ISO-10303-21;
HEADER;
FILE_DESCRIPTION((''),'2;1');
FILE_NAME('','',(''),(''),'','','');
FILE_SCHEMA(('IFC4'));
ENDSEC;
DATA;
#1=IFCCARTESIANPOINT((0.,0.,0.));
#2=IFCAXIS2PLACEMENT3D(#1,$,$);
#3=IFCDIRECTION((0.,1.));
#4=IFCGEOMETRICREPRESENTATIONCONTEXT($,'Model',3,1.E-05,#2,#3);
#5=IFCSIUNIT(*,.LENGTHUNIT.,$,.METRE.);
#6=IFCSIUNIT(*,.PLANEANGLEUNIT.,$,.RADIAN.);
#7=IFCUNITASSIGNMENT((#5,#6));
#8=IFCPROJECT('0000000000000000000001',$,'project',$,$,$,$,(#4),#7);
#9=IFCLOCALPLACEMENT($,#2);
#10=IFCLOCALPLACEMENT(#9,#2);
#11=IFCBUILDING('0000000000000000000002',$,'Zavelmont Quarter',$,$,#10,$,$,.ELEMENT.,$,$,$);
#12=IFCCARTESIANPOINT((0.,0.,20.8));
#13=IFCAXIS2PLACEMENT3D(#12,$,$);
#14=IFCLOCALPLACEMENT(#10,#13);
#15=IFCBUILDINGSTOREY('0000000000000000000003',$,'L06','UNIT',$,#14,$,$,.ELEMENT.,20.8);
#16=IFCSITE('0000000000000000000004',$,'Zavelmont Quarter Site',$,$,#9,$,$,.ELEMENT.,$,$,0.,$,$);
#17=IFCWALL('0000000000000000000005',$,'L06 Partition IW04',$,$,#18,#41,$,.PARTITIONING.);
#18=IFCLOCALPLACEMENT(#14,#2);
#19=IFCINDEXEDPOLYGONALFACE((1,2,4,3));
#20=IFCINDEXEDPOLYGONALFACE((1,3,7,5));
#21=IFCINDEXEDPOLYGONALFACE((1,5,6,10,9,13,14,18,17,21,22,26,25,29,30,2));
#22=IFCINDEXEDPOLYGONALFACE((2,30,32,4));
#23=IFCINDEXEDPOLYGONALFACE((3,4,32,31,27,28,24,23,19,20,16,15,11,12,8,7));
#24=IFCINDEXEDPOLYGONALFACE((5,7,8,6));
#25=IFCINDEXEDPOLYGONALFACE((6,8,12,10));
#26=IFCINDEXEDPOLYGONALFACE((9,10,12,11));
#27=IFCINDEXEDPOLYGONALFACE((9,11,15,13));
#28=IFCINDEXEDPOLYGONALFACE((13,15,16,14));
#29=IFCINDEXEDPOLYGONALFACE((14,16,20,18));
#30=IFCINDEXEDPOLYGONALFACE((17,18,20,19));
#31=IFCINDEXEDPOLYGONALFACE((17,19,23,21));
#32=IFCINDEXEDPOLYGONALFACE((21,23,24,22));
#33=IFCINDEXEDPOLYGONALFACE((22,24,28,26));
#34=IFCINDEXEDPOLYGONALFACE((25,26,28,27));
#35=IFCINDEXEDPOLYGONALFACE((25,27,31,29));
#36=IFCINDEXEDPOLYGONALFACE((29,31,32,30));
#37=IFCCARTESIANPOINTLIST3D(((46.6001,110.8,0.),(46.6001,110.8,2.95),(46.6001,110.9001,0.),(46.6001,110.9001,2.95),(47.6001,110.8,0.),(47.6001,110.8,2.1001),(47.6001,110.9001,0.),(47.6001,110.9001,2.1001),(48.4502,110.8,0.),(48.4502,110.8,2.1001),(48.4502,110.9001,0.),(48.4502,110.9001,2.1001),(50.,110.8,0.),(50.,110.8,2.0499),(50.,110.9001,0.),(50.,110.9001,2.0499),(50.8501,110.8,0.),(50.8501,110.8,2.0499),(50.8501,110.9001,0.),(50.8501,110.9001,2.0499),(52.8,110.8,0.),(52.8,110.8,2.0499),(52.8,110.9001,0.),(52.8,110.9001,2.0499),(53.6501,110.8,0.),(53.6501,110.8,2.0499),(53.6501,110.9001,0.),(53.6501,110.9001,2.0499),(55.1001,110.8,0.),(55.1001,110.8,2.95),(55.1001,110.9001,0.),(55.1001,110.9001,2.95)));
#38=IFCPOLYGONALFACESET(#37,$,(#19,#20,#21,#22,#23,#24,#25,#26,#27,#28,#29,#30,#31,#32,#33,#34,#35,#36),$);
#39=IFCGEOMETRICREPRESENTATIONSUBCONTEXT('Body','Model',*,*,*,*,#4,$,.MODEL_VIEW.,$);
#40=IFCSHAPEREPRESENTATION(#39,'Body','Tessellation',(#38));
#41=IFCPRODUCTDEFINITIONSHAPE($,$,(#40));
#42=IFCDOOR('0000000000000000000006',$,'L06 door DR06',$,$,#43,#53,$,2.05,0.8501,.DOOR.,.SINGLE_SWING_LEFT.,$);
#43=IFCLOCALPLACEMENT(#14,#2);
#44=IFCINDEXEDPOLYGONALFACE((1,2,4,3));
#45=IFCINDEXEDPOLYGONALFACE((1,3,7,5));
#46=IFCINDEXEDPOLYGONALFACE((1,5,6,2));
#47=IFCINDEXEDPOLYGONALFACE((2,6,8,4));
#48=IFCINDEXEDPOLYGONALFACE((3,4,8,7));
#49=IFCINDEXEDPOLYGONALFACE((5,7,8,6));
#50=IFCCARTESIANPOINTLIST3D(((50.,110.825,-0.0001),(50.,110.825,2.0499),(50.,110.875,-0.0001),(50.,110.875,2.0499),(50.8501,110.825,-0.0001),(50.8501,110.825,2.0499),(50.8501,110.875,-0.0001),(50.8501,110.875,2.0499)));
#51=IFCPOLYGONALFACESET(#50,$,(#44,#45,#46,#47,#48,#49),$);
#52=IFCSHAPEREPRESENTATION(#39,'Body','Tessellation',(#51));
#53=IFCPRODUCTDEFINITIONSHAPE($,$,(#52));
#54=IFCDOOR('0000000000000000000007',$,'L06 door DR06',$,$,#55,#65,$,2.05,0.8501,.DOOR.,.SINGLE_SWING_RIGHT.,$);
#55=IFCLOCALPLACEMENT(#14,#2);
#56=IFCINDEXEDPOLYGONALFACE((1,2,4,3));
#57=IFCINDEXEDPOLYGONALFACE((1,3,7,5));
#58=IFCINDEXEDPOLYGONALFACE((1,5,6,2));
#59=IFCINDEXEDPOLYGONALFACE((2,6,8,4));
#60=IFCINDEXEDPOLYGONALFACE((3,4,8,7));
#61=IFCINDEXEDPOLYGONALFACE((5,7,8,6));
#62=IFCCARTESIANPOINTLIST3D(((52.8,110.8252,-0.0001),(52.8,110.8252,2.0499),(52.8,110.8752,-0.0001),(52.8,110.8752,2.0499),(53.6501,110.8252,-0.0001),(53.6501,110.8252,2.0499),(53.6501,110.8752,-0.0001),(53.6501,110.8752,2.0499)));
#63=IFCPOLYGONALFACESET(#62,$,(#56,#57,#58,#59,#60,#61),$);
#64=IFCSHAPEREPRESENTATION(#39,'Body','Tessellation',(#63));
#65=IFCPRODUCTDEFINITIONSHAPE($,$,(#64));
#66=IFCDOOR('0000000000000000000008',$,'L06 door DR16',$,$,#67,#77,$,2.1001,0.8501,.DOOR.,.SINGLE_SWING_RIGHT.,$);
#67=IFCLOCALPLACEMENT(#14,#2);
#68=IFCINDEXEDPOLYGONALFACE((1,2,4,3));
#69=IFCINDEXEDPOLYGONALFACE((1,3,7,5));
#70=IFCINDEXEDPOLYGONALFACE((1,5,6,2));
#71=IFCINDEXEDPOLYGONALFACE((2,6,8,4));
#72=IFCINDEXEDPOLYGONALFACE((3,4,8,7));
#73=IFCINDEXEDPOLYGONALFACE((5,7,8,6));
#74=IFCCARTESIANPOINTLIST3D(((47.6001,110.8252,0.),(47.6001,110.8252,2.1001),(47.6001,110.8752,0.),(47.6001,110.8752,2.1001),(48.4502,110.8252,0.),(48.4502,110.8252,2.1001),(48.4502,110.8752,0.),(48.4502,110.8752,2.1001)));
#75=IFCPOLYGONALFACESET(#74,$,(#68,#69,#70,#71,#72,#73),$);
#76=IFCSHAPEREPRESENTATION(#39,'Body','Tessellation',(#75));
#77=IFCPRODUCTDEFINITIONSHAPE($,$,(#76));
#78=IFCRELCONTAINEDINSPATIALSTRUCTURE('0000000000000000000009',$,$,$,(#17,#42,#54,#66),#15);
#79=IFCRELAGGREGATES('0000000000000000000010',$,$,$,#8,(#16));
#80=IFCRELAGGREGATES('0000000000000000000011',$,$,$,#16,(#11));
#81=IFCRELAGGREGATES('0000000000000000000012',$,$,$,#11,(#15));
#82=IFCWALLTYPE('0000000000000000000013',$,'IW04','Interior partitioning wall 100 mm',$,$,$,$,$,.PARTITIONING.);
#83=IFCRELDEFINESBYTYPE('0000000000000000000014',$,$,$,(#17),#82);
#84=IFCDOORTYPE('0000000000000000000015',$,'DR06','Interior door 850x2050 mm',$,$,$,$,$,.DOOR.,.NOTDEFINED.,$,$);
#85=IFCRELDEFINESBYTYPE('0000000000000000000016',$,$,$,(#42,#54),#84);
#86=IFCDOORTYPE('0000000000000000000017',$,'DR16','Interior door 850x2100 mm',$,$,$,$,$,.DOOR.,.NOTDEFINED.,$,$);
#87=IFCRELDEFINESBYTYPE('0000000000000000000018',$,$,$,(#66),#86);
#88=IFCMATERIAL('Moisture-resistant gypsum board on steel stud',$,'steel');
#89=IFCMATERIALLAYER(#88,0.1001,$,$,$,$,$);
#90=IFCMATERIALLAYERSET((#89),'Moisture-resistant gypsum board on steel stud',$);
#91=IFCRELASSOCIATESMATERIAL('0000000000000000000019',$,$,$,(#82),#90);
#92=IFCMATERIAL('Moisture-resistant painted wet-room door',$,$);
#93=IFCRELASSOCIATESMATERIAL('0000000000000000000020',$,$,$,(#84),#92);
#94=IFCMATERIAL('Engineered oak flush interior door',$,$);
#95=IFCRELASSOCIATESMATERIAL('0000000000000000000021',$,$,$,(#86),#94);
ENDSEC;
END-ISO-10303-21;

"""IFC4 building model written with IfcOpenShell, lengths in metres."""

from ifc_helpers import new_model, si_unit, direction, frame, frame_2d, origin, origin_with_axes, place, context, subcontext, project, spatial, rectangle, extrude, material, layer, layer_set, type_object, element, fill, save


model = new_model("IFC4")

# Units and contexts
model_context = context("Model", 3, precision=1e-05, world=origin(), true_north=direction((0.0, 1.0)))
body_context = subcontext(model_context, "Body", "Model", "MODEL_VIEW")
ifc_project = project(units=[si_unit("LENGTHUNIT", "METRE"), si_unit("PLANEANGLEUNIT", "RADIAN")], contexts=[model_context])

# Site, building, storey
site_placement = place(None, origin())
site = spatial("IfcSite", under=ifc_project, at=site_placement, Name="Zavelmont Quarter Site", CompositionType="ELEMENT", RefElevation=0.0)
building_placement = place(site_placement, origin())
building = spatial("IfcBuilding", under=site, at=building_placement, Name="Zavelmont Quarter", CompositionType="ELEMENT")
storey_placement = place(building_placement, frame((0.0, 0.0, 20.8)))
storey = spatial("IfcBuildingStorey", under=building, at=storey_placement, Name="L06", Description="UNIT", CompositionType="ELEMENT", Elevation=20.8)

# Shared definitions
ifc_material_1 = material(Name="Engineered oak flush interior door")

# Shared definitions
ifc_material_2 = material(Name="Moisture-resistant gypsum board on steel stud", Category="steel")
ifc_layer_1 = layer(ifc_material_2, 0.1001)
ifc_layer_set_1 = layer_set([ifc_layer_1], Name="Moisture-resistant gypsum board on steel stud")
wall_type_1 = type_object("IfcWallType", Name="IW04", Description="Interior partitioning wall 100 mm", PredefinedType="PARTITIONING", material=ifc_layer_set_1)

# Wall, openings, doors
wall_1_placement = place(storey_placement, frame((46.6001, 110.8501, 0.0), z_axis=(0.0, 0.0, 1.0), x_axis=(1.0, 0.0, 0.0)))
wall_1 = element("IfcWall", 1, at=wall_1_placement, inside=storey, type_object=wall_type_1, Name="L06 Partition IW04", PredefinedType="PARTITIONING", context=body_context, shape_type="SweptSolid", body=[
    extrude(rectangle(XDim=8.5, YDim=0.1001, at=frame_2d((4.25, 0.0))), origin(), (0.0, 0.0, 1.0), 2.95),
])
opening_1_placement = place(wall_1_placement, frame((1.0, 0.0, 0.0)))
opening_1 = element("IfcOpeningElement", 2, at=opening_1_placement, cuts=wall_1, PredefinedType="OPENING", context=body_context, shape_type="SweptSolid", body=[
    extrude(rectangle(XDim=0.8501, YDim=2.1001, at=frame_2d((0.425, 1.05))), frame((0.0, 0.062, 0.0), z_axis=(0.0, -1.0, 0.0), x_axis=(1.0, 0.0, 0.0)), (0.0, 0.0, 1.0), 0.124),
])
opening_2_placement = place(wall_1_placement, frame((3.3999, 0.0, 0.0)))
opening_2 = element("IfcOpeningElement", 3, at=opening_2_placement, cuts=wall_1, PredefinedType="OPENING", context=body_context, shape_type="SweptSolid", body=[
    extrude(rectangle(XDim=0.8501, YDim=2.05, at=frame_2d((0.425, 1.0249))), frame((0.0, 0.062, 0.0), z_axis=(0.0, -1.0, 0.0), x_axis=(1.0, 0.0, 0.0)), (0.0, 0.0, 1.0), 0.124),
])
opening_3_placement = place(wall_1_placement, frame((6.2, 0.0, 0.0)))
opening_3 = element("IfcOpeningElement", 4, at=opening_3_placement, cuts=wall_1, PredefinedType="OPENING", context=body_context, shape_type="SweptSolid", body=[
    extrude(rectangle(XDim=0.8501, YDim=2.05, at=frame_2d((0.425, 1.0249))), frame((0.0, 0.062, 0.0), z_axis=(0.0, -1.0, 0.0), x_axis=(1.0, 0.0, 0.0)), (0.0, 0.0, 1.0), 0.124),
])
ifc_material_3 = material(Name="Moisture-resistant painted wet-room door")
door_type_1 = type_object("IfcDoorType", Name="DR06", Description="Interior door 850x2050 mm", OperationType="NOTDEFINED", PredefinedType="DOOR", material=ifc_material_3)
door_1_placement = place(opening_2_placement, origin_with_axes())
door_1 = element("IfcDoor", 5, at=door_1_placement, inside=storey, type_object=door_type_1, Name="L06 door DR06", OperationType="SINGLE_SWING_LEFT", OverallHeight=2.05, OverallWidth=0.8501, PredefinedType="DOOR", context=body_context, shape_type="SweptSolid", body=[
    extrude(rectangle(XDim=0.8501, YDim=2.05, at=frame_2d((0.425, 1.0249))), frame((0.0, 0.0249, 0.0), z_axis=(0.0, -1.0, 0.0), x_axis=(1.0, 0.0, 0.0)), (0.0, 0.0, 1.0), 0.05),
])
fill(opening_2, door_1)
door_2_placement = place(opening_3_placement, frame((0.8501, 0.0, 0.0), z_axis=(0.0, 0.0, 1.0), x_axis=(-1.0, 0.0, 0.0)))
door_2 = element("IfcDoor", 6, at=door_2_placement, inside=storey, type_object=door_type_1, Name="L06 door DR06", OperationType="SINGLE_SWING_RIGHT", OverallHeight=2.05, OverallWidth=0.8501, PredefinedType="DOOR", context=body_context, shape_type="SweptSolid", body=[
    extrude(rectangle(XDim=0.8501, YDim=2.05, at=frame_2d((0.425, 1.0249))), frame((0.0, 0.0249, 0.0), z_axis=(0.0, -1.0, 0.0), x_axis=(1.0, 0.0, 0.0)), (0.0, 0.0, 1.0), 0.05),
])
fill(opening_3, door_2)
door_type_2 = type_object("IfcDoorType", Name="DR16", Description="Interior door 850x2100 mm", OperationType="NOTDEFINED", PredefinedType="DOOR", material=ifc_material_1)
door_3_placement = place(opening_1_placement, frame((0.8501, 0.0, 0.0), z_axis=(0.0, 0.0, 1.0), x_axis=(-1.0, 0.0, 0.0)))
door_3 = element("IfcDoor", 7, at=door_3_placement, inside=storey, type_object=door_type_2, Name="L06 door DR16", OperationType="SINGLE_SWING_RIGHT", OverallHeight=2.1001, OverallWidth=0.8501, PredefinedType="DOOR", context=body_context, shape_type="SweptSolid", body=[
    extrude(rectangle(XDim=0.8501, YDim=2.1001, at=frame_2d((0.425, 1.05))), frame((0.0, 0.0249, 0.0), z_axis=(0.0, -1.0, 0.0), x_axis=(1.0, 0.0, 0.0)), (0.0, 0.0, 1.0), 0.05),
])
fill(opening_1, door_3)

save(model, "model.ifc")
